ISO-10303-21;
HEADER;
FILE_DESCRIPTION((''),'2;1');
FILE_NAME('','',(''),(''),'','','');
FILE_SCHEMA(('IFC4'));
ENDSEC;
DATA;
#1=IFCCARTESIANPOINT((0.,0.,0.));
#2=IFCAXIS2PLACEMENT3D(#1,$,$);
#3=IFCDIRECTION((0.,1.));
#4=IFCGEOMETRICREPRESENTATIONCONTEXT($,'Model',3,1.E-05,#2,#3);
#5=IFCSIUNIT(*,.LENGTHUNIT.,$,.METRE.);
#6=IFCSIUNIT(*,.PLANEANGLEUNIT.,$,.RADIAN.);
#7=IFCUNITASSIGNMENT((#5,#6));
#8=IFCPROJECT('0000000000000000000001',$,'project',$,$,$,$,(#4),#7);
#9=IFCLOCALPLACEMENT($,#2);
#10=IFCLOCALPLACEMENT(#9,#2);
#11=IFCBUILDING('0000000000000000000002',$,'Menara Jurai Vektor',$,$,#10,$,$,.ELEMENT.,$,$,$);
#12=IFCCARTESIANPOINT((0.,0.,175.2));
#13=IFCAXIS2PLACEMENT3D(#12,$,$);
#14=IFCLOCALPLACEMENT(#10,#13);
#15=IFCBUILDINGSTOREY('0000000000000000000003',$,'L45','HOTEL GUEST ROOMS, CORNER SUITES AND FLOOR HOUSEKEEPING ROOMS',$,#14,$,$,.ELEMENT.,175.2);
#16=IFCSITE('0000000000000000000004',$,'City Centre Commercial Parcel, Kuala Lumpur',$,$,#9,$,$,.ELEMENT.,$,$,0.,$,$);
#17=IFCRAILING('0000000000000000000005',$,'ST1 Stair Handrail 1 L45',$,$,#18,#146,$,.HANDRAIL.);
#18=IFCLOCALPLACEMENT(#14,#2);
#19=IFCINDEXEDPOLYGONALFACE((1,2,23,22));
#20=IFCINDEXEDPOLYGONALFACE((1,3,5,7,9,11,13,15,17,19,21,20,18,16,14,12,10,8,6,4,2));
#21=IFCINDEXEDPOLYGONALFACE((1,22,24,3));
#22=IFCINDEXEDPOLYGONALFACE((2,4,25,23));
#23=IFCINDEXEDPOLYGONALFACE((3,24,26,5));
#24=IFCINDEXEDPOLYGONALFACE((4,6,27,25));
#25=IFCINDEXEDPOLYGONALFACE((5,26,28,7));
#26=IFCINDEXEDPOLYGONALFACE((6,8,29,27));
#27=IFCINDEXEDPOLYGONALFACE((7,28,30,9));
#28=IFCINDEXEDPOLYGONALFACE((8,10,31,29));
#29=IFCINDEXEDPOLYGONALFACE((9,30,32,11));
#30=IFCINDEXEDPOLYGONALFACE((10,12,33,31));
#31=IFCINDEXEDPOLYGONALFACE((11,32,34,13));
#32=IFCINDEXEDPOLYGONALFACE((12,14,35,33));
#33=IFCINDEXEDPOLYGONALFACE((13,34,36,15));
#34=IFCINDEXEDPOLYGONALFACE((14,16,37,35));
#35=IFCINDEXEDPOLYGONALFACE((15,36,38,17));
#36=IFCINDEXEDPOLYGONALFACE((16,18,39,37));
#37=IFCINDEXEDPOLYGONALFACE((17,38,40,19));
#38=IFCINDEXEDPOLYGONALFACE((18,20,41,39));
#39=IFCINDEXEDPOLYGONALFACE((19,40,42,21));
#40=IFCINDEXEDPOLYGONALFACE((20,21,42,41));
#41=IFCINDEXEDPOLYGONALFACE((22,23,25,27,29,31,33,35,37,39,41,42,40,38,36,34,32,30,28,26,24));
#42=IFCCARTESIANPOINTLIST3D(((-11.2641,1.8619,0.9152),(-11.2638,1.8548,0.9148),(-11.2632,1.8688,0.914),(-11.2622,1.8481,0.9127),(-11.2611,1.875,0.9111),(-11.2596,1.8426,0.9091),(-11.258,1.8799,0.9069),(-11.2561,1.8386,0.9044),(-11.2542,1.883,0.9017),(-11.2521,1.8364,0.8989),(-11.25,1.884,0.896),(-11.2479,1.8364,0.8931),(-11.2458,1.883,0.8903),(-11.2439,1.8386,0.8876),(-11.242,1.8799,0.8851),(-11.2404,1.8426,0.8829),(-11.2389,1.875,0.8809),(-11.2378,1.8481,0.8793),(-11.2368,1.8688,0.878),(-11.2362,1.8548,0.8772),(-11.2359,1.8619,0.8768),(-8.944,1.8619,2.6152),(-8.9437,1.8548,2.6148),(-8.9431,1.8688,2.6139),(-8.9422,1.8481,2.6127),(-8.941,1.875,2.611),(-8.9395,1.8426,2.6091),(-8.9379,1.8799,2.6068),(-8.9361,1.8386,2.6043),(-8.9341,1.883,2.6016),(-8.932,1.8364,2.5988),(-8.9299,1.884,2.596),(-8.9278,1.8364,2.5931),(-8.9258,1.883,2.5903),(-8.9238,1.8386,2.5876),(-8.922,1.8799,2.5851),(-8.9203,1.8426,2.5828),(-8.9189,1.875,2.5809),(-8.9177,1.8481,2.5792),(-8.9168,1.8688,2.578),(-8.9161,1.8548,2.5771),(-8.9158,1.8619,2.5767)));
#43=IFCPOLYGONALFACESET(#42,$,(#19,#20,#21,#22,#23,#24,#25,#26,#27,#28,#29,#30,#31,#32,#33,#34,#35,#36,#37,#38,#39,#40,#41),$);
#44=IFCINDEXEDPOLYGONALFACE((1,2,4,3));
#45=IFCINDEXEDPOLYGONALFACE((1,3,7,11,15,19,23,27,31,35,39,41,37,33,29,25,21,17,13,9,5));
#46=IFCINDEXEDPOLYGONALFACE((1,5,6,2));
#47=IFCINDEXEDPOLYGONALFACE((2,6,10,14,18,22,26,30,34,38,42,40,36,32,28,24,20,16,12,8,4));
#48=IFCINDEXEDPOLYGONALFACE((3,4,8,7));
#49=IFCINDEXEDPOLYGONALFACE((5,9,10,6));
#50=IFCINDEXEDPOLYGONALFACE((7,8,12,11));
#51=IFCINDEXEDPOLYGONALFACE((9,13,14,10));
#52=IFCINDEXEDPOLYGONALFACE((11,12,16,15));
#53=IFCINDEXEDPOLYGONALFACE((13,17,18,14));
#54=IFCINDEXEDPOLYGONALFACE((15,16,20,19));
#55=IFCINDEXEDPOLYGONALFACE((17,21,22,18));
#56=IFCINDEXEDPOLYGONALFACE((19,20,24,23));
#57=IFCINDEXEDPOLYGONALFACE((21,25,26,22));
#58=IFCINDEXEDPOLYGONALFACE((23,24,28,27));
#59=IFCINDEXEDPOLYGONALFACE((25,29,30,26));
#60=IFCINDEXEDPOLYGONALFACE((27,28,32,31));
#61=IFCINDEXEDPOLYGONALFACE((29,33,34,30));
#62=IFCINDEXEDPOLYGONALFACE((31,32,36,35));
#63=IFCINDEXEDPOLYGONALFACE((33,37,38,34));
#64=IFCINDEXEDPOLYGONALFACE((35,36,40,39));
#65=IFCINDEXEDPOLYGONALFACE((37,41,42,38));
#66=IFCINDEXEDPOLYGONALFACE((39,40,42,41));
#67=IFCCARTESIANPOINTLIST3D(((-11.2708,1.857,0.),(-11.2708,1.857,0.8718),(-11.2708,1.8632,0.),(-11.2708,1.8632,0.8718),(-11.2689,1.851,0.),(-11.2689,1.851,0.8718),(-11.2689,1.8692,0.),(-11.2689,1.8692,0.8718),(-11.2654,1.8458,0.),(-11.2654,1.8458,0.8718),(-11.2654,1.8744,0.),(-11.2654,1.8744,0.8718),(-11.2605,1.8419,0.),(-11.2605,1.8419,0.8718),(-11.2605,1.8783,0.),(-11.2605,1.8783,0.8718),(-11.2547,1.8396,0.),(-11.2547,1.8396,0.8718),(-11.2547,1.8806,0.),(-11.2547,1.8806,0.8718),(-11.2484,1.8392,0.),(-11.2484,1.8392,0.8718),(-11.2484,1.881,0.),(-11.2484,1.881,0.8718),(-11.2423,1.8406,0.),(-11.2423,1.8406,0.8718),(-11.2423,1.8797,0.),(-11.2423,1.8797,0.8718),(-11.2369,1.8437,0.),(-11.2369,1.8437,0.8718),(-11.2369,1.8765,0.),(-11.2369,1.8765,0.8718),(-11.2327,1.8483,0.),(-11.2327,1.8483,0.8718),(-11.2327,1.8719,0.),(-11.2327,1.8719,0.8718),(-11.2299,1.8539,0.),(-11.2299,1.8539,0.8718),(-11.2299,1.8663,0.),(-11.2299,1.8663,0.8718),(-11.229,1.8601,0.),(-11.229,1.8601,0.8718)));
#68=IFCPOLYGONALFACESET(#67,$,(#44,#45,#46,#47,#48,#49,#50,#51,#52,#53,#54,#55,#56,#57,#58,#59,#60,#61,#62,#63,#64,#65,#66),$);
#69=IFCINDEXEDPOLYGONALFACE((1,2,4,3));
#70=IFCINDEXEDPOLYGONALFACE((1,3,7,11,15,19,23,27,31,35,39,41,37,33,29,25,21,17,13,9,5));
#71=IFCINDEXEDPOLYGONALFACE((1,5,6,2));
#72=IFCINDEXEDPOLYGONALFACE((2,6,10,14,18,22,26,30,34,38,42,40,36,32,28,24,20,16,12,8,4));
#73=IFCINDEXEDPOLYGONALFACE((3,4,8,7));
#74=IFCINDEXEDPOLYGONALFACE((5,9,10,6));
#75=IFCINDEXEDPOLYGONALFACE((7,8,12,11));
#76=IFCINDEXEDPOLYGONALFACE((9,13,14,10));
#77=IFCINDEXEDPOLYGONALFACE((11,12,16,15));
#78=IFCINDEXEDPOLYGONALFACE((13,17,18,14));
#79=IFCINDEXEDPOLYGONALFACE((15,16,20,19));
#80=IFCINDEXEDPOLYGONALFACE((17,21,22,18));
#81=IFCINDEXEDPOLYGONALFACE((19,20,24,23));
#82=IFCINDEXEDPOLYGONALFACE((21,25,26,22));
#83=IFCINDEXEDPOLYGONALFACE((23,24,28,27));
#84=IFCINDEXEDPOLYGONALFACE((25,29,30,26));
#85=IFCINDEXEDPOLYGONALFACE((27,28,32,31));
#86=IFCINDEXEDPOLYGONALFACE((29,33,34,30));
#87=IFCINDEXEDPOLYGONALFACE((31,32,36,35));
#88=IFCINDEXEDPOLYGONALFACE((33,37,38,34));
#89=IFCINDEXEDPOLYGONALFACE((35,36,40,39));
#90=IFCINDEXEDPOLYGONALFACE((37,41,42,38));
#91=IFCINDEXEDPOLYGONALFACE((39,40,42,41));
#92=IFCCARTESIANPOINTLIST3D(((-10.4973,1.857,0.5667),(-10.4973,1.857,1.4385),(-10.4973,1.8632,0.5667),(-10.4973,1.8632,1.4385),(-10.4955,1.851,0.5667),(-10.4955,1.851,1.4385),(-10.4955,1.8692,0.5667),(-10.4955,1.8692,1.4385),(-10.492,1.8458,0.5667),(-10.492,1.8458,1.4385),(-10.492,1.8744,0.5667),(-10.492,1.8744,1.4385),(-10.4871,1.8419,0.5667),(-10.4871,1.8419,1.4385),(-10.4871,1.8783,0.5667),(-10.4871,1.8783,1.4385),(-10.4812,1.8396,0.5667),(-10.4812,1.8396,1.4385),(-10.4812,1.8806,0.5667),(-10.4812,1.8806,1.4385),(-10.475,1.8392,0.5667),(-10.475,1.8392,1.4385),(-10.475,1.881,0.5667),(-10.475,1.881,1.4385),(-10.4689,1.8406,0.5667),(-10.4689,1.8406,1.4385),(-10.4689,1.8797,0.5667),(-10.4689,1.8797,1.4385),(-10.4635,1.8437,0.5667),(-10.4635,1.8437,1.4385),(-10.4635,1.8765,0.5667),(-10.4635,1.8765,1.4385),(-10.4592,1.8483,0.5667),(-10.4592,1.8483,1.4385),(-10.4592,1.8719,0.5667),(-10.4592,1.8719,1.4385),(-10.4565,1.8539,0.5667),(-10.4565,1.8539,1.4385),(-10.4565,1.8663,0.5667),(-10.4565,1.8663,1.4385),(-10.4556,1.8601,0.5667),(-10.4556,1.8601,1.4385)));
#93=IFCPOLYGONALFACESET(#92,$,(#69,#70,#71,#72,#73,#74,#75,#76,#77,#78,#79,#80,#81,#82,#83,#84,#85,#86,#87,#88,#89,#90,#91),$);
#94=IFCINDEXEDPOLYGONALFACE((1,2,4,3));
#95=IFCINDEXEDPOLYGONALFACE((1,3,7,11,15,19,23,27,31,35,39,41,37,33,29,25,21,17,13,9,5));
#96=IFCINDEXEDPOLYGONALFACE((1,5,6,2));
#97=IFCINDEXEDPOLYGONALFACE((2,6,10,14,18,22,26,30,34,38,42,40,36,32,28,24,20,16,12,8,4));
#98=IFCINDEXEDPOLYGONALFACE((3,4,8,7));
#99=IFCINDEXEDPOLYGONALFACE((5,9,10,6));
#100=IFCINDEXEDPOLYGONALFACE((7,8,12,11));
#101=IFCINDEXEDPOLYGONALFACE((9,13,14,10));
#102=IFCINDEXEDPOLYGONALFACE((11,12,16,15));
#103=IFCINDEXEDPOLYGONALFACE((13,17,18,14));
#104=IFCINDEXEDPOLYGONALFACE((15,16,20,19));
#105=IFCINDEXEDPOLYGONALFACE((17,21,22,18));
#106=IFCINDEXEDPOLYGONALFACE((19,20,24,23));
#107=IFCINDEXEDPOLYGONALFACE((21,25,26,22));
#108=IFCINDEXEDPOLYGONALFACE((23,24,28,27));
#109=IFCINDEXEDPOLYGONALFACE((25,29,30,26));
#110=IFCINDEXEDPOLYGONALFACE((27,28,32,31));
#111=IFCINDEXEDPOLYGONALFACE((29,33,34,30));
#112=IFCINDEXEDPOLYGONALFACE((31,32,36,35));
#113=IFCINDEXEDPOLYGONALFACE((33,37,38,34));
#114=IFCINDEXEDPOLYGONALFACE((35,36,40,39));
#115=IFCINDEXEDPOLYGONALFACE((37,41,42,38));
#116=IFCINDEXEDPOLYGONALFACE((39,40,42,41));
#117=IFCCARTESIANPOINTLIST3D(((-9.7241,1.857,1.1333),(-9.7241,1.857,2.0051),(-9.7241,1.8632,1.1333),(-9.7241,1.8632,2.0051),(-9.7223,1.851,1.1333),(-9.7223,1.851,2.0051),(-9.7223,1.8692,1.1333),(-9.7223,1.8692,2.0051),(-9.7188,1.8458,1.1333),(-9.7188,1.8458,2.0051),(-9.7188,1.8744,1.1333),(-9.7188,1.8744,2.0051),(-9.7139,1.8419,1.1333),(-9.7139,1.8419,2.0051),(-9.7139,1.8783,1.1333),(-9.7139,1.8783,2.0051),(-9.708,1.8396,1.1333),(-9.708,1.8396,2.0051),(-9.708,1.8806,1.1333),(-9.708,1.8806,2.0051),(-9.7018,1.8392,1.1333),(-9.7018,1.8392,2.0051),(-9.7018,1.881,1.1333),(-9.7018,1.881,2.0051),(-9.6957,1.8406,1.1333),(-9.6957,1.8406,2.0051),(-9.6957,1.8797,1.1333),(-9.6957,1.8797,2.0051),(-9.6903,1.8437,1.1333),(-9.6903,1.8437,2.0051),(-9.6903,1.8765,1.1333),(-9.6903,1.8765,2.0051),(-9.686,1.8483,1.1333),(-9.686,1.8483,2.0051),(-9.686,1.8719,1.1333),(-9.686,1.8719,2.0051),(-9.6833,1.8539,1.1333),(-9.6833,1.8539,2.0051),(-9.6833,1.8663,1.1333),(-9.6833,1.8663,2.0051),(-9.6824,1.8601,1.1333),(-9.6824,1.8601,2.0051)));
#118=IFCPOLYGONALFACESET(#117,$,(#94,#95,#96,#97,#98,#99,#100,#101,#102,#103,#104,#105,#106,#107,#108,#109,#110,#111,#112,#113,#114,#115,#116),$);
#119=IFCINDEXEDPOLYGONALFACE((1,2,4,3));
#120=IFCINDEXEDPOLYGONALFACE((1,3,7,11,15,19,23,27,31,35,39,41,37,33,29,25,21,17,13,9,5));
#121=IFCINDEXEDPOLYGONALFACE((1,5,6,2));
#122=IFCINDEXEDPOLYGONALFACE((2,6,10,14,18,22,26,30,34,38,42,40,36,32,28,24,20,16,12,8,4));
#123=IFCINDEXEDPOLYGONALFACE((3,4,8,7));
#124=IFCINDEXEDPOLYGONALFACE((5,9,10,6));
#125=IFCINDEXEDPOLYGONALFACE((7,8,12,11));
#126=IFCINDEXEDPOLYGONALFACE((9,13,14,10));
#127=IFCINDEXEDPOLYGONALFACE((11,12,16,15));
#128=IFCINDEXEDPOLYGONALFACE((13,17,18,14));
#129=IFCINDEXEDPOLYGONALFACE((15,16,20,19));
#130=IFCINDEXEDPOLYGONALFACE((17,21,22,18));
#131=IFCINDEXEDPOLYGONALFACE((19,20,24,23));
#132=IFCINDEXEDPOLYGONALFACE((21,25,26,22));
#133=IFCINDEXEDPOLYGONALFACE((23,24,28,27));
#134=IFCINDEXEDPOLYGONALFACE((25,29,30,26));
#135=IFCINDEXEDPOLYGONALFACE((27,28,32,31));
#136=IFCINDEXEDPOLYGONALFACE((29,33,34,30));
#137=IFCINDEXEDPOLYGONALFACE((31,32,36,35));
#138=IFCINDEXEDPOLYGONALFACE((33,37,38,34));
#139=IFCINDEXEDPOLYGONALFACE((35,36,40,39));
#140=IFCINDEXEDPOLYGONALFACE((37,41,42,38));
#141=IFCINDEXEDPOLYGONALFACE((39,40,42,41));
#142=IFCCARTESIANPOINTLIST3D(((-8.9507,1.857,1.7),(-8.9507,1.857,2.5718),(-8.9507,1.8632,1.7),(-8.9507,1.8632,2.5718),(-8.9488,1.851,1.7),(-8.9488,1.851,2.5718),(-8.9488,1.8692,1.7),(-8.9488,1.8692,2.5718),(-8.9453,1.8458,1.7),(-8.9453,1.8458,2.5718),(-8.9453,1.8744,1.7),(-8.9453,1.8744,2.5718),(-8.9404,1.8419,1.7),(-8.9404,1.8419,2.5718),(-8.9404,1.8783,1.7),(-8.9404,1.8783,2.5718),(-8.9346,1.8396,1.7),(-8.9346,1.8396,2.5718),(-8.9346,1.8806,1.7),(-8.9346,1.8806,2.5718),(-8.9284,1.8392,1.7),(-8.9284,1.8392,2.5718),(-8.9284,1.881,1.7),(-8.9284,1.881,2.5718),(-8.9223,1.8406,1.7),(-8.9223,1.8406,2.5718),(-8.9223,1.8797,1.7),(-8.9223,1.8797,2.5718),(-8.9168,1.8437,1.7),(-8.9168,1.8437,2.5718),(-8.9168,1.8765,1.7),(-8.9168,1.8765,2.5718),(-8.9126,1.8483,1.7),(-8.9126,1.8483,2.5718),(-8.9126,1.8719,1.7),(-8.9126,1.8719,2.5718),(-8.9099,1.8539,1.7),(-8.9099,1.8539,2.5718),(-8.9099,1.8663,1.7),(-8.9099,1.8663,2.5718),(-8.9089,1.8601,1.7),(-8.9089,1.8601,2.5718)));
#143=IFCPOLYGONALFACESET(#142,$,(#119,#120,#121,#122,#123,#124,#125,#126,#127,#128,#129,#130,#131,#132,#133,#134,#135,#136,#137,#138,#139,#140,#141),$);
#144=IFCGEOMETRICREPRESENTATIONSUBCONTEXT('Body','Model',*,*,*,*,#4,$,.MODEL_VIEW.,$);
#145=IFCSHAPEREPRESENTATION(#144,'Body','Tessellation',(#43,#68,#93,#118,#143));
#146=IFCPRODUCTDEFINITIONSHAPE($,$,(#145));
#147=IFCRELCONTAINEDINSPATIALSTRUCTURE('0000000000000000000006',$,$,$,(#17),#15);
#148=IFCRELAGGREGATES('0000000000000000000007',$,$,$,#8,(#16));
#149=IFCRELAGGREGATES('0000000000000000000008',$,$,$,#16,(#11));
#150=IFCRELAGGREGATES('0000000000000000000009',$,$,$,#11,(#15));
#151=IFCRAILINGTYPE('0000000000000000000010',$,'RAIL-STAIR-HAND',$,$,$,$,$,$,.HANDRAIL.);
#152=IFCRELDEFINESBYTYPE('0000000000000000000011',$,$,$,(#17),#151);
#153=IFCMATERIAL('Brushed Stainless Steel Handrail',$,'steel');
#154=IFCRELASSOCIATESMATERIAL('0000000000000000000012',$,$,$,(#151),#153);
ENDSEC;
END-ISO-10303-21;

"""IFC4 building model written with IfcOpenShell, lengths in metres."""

from ifc_helpers import new_model, si_unit, direction, frame, origin, origin_2d, place, context, subcontext, project, spatial, circle, extrude, material, type_object, element, save


model = new_model("IFC4")

# Units and contexts
model_context = context("Model", 3, precision=1e-05, world=origin(), true_north=direction((0.0, 1.0)))
body_context = subcontext(model_context, "Body", "Model", "MODEL_VIEW")
ifc_project = project(units=[si_unit("LENGTHUNIT", "METRE"), si_unit("PLANEANGLEUNIT", "RADIAN")], contexts=[model_context])

# Site, building, storey
site_placement = place(None, origin())
site = spatial("IfcSite", under=ifc_project, at=site_placement, Name="City Centre Commercial Parcel, Kuala Lumpur", CompositionType="ELEMENT", RefElevation=0.0)
building_placement = place(site_placement, origin())
building = spatial("IfcBuilding", under=site, at=building_placement, Name="Menara Jurai Vektor", CompositionType="ELEMENT")
storey_placement = place(building_placement, frame((0.0, 0.0, 175.2)))
storey = spatial("IfcBuildingStorey", under=building, at=storey_placement, Name="L45", Description="HOTEL GUEST ROOMS, CORNER SUITES AND FLOOR HOUSEKEEPING ROOMS", CompositionType="ELEMENT", Elevation=175.2)

# Railing
ifc_material_1 = material(Name="Brushed Stainless Steel Handrail", Category="steel")
railing_type_1 = type_object("IfcRailingType", Name="RAIL-STAIR-HAND", PredefinedType="HANDRAIL", material=ifc_material_1)
railing_1_placement = place(storey_placement, frame((-11.25, 1.8601, 0.0)))
element("IfcRailing", 1, at=railing_1_placement, inside=storey, type_object=railing_type_1, Name="ST1 Stair Handrail 1 L45", PredefinedType="HANDRAIL", context=body_context, shape_type="SweptSolid", body=[
    extrude(circle(Radius=0.0239, at=origin_2d()), frame((0.0, 0.0, 0.896), z_axis=(0.806642, 0.0, 0.59104), x_axis=(0.0, 1.0, 0.0)), (0.0, 0.0, 1.0), 2.8762),
    extrude(circle(Radius=0.021, at=origin_2d()), origin(), (0.0, 0.0, 1.0), 0.8718),
    extrude(circle(Radius=0.021, at=origin_2d()), frame((0.7734, 0.0, 0.5667)), (0.0, 0.0, 1.0), 0.8718),
    extrude(circle(Radius=0.021, at=origin_2d()), frame((1.5466, 0.0, 1.1333)), (0.0, 0.0, 1.0), 0.8718),
    extrude(circle(Radius=0.021, at=origin_2d()), frame((2.3201, 0.0, 1.7)), (0.0, 0.0, 1.0), 0.8718),
])

save(model, "model.ifc")
